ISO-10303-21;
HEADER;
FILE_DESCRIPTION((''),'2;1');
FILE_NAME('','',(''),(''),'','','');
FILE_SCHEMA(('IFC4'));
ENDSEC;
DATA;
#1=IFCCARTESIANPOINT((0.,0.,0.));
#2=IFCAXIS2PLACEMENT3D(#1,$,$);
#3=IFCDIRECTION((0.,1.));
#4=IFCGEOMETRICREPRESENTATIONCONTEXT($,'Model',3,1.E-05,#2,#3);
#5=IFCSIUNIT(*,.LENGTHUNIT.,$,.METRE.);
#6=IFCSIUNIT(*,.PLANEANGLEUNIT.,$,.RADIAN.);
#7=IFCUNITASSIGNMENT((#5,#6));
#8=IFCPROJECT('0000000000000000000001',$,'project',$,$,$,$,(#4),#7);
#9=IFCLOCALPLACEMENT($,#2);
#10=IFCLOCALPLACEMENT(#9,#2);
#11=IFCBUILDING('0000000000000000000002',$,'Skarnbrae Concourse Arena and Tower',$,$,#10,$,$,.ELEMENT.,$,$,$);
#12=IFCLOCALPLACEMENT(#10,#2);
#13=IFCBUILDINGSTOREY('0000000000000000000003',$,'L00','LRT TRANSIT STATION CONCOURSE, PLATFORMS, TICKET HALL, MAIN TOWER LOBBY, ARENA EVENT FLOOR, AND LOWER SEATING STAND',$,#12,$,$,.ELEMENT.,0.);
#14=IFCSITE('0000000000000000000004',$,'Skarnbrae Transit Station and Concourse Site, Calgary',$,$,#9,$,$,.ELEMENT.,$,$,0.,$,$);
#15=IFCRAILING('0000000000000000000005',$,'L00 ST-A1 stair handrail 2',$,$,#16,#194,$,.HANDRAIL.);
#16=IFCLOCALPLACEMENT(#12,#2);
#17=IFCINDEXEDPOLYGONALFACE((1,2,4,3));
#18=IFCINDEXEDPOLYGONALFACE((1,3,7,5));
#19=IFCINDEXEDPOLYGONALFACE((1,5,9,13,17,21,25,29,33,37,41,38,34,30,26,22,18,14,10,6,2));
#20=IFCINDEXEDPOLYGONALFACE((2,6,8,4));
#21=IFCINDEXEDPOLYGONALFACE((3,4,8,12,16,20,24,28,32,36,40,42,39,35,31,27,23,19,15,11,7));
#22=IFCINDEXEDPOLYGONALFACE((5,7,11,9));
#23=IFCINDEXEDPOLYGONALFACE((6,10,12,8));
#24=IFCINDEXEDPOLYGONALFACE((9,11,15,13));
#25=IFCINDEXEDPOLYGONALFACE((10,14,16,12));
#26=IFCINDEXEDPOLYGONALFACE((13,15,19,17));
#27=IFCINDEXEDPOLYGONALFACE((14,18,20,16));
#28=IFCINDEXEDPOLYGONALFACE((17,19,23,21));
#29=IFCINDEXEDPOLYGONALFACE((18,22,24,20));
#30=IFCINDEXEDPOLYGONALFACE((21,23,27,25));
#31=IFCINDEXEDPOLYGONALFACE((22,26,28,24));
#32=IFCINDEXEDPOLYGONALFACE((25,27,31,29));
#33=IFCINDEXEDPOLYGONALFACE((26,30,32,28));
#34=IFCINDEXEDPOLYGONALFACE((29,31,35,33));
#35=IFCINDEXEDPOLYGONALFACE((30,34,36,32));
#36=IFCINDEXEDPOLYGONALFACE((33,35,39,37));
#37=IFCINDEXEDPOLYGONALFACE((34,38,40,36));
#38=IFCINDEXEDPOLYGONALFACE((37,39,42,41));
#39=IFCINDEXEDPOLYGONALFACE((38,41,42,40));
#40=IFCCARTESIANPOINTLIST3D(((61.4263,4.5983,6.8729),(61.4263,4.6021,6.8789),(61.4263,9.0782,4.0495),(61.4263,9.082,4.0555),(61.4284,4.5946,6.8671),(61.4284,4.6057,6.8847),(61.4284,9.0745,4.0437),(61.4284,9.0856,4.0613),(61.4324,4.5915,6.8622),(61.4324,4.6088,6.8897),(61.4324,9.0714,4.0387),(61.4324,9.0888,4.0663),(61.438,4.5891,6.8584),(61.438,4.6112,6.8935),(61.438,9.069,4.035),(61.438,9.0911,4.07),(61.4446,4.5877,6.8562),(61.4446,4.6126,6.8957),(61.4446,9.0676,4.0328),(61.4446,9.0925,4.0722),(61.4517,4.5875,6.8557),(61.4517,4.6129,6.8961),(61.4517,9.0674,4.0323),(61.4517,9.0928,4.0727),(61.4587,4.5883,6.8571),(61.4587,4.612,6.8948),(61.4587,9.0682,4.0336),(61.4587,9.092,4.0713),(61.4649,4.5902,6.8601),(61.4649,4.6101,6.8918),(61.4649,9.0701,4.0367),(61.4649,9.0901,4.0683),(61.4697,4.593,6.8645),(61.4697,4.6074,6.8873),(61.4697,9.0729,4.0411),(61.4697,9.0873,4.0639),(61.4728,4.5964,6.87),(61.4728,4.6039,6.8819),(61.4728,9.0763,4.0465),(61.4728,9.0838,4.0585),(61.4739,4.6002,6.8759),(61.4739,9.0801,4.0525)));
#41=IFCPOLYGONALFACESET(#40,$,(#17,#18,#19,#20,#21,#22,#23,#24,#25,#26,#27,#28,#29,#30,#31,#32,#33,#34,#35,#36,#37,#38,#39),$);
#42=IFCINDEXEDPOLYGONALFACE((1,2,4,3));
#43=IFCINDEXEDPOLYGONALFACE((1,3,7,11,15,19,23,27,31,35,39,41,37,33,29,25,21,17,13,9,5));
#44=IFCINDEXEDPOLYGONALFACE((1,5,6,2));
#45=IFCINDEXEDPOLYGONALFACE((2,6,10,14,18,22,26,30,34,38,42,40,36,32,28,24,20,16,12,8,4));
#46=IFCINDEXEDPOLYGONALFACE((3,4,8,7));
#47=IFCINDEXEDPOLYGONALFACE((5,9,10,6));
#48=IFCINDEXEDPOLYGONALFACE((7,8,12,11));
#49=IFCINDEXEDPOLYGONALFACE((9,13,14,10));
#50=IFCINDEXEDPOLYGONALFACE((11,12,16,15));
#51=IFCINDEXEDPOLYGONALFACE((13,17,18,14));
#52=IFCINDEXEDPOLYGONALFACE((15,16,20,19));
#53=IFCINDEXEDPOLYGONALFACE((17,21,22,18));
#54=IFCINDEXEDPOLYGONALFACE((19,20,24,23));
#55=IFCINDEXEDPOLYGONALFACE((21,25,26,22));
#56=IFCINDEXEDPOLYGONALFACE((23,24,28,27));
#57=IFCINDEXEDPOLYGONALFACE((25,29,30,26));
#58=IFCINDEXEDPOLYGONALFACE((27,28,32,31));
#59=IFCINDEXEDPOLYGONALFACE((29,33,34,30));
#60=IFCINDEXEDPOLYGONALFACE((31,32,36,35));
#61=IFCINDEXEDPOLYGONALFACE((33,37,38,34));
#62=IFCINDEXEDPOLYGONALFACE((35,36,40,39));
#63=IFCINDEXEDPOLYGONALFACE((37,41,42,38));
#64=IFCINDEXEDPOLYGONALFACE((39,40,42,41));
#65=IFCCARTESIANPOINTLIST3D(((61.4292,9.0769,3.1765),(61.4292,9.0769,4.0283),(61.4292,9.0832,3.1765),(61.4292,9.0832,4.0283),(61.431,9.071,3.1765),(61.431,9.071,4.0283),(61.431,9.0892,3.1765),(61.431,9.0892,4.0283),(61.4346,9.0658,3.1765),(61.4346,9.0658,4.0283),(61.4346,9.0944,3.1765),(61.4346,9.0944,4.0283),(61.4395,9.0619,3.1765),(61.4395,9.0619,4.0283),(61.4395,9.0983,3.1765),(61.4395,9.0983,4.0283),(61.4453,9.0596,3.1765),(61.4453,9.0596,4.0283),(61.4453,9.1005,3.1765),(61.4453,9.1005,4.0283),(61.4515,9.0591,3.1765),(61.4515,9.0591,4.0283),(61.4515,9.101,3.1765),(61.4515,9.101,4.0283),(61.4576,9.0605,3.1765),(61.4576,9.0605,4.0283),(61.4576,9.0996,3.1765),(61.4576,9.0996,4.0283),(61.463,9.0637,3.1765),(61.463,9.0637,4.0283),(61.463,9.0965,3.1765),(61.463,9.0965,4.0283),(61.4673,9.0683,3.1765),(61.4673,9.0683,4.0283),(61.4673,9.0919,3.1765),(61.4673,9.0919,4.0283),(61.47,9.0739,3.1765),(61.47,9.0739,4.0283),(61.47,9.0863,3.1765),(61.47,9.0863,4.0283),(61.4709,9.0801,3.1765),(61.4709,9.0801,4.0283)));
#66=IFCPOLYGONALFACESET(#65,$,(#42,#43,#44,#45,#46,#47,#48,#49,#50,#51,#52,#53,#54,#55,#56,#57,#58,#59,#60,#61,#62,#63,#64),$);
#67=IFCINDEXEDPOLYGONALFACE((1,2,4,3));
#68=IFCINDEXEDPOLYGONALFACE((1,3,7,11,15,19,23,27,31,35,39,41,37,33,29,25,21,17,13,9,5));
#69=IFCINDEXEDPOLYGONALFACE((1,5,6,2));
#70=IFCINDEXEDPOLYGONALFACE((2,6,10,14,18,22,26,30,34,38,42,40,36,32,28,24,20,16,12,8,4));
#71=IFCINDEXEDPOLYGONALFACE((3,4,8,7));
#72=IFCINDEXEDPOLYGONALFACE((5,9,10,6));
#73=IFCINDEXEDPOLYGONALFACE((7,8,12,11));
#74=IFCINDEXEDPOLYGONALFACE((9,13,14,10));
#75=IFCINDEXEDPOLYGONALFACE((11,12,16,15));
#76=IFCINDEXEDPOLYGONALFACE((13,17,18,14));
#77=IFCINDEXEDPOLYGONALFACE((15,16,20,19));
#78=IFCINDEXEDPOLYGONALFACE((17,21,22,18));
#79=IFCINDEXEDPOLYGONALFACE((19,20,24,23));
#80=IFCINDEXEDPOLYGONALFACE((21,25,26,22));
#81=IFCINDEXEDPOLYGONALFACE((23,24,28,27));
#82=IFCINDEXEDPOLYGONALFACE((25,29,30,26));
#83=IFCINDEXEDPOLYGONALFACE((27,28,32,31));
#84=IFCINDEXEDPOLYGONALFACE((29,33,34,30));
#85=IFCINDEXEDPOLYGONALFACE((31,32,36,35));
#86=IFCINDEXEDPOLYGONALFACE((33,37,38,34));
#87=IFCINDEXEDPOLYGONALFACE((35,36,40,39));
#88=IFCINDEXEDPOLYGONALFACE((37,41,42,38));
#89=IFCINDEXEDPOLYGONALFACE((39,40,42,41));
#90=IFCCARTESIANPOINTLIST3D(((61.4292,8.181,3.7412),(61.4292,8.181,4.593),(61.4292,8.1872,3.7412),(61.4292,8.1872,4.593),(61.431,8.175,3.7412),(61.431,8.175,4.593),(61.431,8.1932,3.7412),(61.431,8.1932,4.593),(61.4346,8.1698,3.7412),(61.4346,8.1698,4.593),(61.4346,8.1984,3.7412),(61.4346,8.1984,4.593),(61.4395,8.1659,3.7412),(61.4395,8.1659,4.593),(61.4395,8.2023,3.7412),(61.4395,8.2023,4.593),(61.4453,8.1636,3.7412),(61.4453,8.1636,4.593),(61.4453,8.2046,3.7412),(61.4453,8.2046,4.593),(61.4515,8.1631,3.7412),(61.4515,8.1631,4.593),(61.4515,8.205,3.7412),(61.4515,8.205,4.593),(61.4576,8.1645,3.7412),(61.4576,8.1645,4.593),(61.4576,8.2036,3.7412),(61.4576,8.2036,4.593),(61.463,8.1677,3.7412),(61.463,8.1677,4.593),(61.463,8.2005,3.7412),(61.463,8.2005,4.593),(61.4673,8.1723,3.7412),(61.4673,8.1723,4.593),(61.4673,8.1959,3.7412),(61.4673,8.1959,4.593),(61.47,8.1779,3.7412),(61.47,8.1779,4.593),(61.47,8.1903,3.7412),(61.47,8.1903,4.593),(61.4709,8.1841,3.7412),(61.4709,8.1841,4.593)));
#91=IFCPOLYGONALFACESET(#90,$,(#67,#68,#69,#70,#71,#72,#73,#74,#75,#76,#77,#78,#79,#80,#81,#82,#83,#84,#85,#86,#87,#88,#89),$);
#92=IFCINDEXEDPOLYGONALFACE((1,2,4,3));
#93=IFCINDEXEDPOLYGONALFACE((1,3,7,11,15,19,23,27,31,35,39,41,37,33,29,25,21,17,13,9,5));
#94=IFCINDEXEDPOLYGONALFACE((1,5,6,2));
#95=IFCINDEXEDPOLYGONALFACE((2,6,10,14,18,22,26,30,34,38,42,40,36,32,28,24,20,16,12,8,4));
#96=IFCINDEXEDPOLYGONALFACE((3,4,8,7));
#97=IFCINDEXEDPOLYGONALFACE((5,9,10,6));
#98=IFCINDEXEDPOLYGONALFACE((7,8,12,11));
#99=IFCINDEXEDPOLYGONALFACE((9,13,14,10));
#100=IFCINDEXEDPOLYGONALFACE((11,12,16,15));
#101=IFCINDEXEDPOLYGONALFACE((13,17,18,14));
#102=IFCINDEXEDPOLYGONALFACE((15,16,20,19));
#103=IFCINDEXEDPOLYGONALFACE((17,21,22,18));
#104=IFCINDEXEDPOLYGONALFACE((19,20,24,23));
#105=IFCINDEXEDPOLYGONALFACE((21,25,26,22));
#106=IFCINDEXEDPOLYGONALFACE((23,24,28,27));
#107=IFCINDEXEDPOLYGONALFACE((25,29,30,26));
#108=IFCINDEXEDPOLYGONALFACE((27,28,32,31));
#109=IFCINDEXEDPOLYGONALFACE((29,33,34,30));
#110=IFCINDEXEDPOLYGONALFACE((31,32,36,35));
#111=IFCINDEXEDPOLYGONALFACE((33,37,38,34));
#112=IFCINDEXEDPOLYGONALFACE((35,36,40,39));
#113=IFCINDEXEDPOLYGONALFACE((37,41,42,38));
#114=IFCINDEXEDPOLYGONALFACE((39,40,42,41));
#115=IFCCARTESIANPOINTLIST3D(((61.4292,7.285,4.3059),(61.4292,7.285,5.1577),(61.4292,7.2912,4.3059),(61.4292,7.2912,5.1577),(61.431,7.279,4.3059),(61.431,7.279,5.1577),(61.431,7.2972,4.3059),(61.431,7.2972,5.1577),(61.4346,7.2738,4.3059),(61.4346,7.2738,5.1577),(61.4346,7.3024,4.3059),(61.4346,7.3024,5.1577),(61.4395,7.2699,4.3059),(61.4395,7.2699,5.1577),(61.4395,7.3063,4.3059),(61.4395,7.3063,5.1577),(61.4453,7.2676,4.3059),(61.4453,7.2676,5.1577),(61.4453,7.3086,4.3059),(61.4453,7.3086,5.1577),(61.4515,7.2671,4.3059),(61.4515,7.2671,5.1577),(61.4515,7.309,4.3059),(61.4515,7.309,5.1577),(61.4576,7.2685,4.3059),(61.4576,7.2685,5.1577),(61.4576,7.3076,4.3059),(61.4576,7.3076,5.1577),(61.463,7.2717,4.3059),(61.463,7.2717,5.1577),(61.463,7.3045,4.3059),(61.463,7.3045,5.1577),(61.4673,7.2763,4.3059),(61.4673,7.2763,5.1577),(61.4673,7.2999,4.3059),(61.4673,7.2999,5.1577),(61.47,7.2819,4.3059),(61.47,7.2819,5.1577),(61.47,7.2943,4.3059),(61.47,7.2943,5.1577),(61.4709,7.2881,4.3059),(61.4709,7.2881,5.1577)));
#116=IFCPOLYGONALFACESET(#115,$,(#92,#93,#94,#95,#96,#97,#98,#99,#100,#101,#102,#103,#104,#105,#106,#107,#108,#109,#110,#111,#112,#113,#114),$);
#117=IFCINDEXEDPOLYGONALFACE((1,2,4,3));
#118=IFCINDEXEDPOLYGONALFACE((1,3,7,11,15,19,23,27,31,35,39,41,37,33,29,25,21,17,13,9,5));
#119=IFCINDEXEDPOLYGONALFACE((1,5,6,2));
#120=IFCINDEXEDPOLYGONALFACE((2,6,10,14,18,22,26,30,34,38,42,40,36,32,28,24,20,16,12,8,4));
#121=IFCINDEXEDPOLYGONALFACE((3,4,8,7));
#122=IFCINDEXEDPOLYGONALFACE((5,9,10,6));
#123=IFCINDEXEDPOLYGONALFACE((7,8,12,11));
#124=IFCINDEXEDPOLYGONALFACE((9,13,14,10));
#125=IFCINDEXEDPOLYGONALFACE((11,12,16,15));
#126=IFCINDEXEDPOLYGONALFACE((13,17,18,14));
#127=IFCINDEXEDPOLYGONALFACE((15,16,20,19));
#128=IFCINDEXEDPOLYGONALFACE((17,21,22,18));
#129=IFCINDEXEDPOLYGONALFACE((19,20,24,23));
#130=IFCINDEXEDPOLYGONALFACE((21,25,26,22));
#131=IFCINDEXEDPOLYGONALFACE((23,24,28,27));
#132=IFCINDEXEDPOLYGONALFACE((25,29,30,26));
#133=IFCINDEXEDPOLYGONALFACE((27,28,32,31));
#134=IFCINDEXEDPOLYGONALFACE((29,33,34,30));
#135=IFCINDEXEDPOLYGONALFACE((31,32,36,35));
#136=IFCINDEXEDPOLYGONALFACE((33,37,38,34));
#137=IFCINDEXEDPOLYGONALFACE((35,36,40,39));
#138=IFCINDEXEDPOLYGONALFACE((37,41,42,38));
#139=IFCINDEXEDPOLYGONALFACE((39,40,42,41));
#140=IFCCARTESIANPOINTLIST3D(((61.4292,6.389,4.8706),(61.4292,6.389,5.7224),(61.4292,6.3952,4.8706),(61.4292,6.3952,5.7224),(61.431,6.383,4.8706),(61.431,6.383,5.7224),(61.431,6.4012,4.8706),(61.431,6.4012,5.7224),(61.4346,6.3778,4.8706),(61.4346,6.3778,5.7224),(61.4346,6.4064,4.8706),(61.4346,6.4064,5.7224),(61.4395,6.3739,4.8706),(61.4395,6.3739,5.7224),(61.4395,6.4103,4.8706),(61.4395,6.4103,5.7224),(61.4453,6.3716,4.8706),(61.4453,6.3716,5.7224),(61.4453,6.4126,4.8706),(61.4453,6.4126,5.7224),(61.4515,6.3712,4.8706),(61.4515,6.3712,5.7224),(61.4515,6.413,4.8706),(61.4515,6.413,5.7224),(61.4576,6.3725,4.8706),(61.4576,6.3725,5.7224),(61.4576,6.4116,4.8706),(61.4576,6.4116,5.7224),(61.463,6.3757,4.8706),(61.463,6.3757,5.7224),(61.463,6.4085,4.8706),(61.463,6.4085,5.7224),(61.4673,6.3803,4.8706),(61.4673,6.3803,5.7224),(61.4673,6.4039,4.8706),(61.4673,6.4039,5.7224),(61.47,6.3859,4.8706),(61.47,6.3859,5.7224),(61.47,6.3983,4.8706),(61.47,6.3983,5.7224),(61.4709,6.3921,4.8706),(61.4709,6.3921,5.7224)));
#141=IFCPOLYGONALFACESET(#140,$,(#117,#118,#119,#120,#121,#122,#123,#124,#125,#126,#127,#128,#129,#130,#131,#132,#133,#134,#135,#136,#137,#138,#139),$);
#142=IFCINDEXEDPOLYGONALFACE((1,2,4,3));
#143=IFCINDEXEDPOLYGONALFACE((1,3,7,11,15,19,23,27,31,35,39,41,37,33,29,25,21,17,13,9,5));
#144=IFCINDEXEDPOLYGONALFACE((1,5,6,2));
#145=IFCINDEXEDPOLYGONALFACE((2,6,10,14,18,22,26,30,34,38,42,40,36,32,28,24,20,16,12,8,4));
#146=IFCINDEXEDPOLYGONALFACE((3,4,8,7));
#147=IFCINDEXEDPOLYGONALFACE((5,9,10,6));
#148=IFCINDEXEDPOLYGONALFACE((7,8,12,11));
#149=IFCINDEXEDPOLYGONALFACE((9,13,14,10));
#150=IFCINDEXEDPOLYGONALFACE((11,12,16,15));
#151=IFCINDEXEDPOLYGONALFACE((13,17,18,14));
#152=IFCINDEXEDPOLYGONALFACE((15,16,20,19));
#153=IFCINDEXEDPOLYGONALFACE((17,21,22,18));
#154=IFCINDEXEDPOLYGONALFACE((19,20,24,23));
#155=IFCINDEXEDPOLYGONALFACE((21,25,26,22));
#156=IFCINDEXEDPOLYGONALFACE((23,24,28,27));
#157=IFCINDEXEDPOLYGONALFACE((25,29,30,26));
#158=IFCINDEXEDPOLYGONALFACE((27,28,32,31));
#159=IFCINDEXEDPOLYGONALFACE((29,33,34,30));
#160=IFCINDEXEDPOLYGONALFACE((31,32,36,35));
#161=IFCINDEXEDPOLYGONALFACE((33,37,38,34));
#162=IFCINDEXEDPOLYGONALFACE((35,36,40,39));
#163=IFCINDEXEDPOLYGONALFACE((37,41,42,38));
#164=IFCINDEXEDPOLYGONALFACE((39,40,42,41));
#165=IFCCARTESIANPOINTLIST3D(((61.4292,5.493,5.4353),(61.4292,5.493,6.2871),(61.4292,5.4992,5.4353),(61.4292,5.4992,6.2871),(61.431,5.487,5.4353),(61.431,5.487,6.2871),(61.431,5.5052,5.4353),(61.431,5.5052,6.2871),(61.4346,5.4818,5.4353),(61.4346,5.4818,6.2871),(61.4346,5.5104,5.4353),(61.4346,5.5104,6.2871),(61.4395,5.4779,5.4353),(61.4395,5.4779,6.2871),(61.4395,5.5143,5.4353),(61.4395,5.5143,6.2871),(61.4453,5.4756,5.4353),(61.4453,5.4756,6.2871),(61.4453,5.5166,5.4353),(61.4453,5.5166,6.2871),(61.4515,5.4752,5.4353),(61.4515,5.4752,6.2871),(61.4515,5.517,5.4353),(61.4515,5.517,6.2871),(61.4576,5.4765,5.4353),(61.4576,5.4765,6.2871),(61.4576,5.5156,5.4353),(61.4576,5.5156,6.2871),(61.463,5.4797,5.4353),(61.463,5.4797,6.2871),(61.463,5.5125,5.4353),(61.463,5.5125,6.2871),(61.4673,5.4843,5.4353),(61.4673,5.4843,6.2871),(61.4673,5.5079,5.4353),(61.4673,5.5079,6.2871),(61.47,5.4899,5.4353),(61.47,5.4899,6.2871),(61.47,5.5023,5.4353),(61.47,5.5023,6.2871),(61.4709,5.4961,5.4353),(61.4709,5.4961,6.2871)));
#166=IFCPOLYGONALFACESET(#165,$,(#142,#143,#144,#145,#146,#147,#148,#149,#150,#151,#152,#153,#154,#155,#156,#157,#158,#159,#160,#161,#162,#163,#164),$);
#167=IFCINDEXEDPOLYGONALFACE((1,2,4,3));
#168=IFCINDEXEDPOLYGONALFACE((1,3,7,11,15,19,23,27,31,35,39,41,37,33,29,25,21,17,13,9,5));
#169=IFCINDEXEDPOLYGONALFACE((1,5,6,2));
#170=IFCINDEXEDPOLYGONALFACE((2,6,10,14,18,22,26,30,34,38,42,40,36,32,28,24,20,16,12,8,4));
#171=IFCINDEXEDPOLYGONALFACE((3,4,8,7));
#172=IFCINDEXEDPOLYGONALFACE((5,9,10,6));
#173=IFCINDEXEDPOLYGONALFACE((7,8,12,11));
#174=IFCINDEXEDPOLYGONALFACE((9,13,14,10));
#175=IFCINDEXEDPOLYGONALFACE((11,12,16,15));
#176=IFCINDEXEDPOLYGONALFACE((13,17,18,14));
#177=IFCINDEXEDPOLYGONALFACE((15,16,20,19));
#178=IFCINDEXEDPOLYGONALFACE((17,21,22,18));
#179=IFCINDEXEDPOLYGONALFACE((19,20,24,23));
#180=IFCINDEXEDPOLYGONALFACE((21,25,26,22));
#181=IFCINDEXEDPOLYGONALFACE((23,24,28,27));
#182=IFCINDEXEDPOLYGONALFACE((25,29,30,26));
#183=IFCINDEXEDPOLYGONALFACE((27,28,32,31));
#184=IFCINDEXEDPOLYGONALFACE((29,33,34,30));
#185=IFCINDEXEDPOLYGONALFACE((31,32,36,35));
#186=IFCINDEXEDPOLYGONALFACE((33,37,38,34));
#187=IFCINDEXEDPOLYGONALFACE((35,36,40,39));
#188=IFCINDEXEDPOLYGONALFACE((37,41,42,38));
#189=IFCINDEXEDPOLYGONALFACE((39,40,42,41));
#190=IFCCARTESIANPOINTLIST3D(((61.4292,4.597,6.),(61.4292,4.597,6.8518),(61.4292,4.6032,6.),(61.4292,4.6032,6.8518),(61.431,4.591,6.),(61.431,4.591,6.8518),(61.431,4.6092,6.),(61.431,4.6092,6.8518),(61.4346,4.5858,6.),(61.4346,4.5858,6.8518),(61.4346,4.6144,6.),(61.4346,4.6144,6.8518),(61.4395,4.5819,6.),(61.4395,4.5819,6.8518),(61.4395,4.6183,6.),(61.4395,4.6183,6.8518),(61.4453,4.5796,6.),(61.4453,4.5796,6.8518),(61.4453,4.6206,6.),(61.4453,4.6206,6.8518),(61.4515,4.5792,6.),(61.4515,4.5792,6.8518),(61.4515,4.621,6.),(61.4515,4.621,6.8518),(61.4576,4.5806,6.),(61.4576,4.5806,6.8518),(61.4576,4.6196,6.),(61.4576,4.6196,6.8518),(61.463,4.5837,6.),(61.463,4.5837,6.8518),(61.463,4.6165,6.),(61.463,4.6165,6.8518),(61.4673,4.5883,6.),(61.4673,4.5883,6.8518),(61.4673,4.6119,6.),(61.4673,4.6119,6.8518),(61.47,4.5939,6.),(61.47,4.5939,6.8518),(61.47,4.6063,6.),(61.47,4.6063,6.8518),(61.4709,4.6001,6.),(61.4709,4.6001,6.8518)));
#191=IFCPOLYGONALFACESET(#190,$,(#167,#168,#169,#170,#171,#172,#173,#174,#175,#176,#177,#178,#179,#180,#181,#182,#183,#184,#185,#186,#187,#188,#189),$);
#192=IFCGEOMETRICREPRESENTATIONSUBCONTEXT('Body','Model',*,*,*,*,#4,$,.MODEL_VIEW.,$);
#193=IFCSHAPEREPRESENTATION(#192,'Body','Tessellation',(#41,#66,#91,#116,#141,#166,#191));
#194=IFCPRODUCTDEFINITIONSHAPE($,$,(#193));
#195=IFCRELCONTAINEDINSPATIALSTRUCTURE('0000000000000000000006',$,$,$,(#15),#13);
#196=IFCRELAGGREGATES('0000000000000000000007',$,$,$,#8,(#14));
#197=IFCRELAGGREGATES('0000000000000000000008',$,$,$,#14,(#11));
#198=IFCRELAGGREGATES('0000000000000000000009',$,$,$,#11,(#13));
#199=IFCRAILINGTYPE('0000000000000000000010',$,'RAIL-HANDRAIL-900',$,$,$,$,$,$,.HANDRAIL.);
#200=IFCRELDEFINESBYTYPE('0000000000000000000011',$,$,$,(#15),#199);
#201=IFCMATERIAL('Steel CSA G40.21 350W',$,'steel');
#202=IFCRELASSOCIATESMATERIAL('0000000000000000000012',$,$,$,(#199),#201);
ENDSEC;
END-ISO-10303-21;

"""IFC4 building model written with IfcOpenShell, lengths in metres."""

from ifc_helpers import new_model, si_unit, direction, frame, origin, origin_2d, place, context, subcontext, project, spatial, circle, extrude, material, type_object, element, save


model = new_model("IFC4")

# Units and contexts
model_context = context("Model", 3, precision=1e-05, world=origin(), true_north=direction((0.0, 1.0)))
body_context = subcontext(model_context, "Body", "Model", "MODEL_VIEW")
ifc_project = project(units=[si_unit("LENGTHUNIT", "METRE"), si_unit("PLANEANGLEUNIT", "RADIAN")], contexts=[model_context])

# Site, building, storey
site_placement = place(None, origin())
site = spatial("IfcSite", under=ifc_project, at=site_placement, Name="Skarnbrae Transit Station and Concourse Site, Calgary", CompositionType="ELEMENT", RefElevation=0.0)
building_placement = place(site_placement, origin())
building = spatial("IfcBuilding", under=site, at=building_placement, Name="Skarnbrae Concourse Arena and Tower", CompositionType="ELEMENT")
storey_placement = place(building_placement, origin())
storey = spatial("IfcBuildingStorey", under=building, at=storey_placement, Name="L00", Description="LRT TRANSIT STATION CONCOURSE, PLATFORMS, TICKET HALL, MAIN TOWER LOBBY, ARENA EVENT FLOOR, AND LOWER SEATING STAND", CompositionType="ELEMENT", Elevation=0.0)

# Shared definitions
ifc_material_1 = material(Name="Steel CSA G40.21 350W", Category="steel")

# Railing
railing_type_1 = type_object("IfcRailingType", Name="RAIL-HANDRAIL-900", PredefinedType="HANDRAIL", material=ifc_material_1)
railing_1_placement = place(storey_placement, frame((61.45, 9.0801, 3.1765)))
element("IfcRailing", 1, at=railing_1_placement, inside=storey, type_object=railing_type_1, Name="L00 ST-A1 stair handrail 2", PredefinedType="HANDRAIL", context=body_context, shape_type="SweptSolid", body=[
    extrude(circle(Radius=0.0239, at=origin_2d()), frame((0.0, 0.0, 0.876), z_axis=(0.0, -0.845998, 0.533186), x_axis=(1.0, 0.0, 0.0)), (0.0, 0.0, 1.0), 5.2954),
    extrude(circle(Radius=0.021, at=origin_2d()), origin(), (0.0, 0.0, 1.0), 0.8518),
    extrude(circle(Radius=0.021, at=origin_2d()), frame((0.0, -0.896, 0.5647)), (0.0, 0.0, 1.0), 0.8518),
    extrude(circle(Radius=0.021, at=origin_2d()), frame((0.0, -1.792, 1.1294)), (0.0, 0.0, 1.0), 0.8518),
    extrude(circle(Radius=0.021, at=origin_2d()), frame((0.0, -2.688, 1.6941)), (0.0, 0.0, 1.0), 0.8518),
    extrude(circle(Radius=0.021, at=origin_2d()), frame((0.0, -3.584, 2.2588)), (0.0, 0.0, 1.0), 0.8518),
    extrude(circle(Radius=0.021, at=origin_2d()), frame((0.0, -4.48, 2.8235)), (0.0, 0.0, 1.0), 0.8518),
])

save(model, "model.ifc")
